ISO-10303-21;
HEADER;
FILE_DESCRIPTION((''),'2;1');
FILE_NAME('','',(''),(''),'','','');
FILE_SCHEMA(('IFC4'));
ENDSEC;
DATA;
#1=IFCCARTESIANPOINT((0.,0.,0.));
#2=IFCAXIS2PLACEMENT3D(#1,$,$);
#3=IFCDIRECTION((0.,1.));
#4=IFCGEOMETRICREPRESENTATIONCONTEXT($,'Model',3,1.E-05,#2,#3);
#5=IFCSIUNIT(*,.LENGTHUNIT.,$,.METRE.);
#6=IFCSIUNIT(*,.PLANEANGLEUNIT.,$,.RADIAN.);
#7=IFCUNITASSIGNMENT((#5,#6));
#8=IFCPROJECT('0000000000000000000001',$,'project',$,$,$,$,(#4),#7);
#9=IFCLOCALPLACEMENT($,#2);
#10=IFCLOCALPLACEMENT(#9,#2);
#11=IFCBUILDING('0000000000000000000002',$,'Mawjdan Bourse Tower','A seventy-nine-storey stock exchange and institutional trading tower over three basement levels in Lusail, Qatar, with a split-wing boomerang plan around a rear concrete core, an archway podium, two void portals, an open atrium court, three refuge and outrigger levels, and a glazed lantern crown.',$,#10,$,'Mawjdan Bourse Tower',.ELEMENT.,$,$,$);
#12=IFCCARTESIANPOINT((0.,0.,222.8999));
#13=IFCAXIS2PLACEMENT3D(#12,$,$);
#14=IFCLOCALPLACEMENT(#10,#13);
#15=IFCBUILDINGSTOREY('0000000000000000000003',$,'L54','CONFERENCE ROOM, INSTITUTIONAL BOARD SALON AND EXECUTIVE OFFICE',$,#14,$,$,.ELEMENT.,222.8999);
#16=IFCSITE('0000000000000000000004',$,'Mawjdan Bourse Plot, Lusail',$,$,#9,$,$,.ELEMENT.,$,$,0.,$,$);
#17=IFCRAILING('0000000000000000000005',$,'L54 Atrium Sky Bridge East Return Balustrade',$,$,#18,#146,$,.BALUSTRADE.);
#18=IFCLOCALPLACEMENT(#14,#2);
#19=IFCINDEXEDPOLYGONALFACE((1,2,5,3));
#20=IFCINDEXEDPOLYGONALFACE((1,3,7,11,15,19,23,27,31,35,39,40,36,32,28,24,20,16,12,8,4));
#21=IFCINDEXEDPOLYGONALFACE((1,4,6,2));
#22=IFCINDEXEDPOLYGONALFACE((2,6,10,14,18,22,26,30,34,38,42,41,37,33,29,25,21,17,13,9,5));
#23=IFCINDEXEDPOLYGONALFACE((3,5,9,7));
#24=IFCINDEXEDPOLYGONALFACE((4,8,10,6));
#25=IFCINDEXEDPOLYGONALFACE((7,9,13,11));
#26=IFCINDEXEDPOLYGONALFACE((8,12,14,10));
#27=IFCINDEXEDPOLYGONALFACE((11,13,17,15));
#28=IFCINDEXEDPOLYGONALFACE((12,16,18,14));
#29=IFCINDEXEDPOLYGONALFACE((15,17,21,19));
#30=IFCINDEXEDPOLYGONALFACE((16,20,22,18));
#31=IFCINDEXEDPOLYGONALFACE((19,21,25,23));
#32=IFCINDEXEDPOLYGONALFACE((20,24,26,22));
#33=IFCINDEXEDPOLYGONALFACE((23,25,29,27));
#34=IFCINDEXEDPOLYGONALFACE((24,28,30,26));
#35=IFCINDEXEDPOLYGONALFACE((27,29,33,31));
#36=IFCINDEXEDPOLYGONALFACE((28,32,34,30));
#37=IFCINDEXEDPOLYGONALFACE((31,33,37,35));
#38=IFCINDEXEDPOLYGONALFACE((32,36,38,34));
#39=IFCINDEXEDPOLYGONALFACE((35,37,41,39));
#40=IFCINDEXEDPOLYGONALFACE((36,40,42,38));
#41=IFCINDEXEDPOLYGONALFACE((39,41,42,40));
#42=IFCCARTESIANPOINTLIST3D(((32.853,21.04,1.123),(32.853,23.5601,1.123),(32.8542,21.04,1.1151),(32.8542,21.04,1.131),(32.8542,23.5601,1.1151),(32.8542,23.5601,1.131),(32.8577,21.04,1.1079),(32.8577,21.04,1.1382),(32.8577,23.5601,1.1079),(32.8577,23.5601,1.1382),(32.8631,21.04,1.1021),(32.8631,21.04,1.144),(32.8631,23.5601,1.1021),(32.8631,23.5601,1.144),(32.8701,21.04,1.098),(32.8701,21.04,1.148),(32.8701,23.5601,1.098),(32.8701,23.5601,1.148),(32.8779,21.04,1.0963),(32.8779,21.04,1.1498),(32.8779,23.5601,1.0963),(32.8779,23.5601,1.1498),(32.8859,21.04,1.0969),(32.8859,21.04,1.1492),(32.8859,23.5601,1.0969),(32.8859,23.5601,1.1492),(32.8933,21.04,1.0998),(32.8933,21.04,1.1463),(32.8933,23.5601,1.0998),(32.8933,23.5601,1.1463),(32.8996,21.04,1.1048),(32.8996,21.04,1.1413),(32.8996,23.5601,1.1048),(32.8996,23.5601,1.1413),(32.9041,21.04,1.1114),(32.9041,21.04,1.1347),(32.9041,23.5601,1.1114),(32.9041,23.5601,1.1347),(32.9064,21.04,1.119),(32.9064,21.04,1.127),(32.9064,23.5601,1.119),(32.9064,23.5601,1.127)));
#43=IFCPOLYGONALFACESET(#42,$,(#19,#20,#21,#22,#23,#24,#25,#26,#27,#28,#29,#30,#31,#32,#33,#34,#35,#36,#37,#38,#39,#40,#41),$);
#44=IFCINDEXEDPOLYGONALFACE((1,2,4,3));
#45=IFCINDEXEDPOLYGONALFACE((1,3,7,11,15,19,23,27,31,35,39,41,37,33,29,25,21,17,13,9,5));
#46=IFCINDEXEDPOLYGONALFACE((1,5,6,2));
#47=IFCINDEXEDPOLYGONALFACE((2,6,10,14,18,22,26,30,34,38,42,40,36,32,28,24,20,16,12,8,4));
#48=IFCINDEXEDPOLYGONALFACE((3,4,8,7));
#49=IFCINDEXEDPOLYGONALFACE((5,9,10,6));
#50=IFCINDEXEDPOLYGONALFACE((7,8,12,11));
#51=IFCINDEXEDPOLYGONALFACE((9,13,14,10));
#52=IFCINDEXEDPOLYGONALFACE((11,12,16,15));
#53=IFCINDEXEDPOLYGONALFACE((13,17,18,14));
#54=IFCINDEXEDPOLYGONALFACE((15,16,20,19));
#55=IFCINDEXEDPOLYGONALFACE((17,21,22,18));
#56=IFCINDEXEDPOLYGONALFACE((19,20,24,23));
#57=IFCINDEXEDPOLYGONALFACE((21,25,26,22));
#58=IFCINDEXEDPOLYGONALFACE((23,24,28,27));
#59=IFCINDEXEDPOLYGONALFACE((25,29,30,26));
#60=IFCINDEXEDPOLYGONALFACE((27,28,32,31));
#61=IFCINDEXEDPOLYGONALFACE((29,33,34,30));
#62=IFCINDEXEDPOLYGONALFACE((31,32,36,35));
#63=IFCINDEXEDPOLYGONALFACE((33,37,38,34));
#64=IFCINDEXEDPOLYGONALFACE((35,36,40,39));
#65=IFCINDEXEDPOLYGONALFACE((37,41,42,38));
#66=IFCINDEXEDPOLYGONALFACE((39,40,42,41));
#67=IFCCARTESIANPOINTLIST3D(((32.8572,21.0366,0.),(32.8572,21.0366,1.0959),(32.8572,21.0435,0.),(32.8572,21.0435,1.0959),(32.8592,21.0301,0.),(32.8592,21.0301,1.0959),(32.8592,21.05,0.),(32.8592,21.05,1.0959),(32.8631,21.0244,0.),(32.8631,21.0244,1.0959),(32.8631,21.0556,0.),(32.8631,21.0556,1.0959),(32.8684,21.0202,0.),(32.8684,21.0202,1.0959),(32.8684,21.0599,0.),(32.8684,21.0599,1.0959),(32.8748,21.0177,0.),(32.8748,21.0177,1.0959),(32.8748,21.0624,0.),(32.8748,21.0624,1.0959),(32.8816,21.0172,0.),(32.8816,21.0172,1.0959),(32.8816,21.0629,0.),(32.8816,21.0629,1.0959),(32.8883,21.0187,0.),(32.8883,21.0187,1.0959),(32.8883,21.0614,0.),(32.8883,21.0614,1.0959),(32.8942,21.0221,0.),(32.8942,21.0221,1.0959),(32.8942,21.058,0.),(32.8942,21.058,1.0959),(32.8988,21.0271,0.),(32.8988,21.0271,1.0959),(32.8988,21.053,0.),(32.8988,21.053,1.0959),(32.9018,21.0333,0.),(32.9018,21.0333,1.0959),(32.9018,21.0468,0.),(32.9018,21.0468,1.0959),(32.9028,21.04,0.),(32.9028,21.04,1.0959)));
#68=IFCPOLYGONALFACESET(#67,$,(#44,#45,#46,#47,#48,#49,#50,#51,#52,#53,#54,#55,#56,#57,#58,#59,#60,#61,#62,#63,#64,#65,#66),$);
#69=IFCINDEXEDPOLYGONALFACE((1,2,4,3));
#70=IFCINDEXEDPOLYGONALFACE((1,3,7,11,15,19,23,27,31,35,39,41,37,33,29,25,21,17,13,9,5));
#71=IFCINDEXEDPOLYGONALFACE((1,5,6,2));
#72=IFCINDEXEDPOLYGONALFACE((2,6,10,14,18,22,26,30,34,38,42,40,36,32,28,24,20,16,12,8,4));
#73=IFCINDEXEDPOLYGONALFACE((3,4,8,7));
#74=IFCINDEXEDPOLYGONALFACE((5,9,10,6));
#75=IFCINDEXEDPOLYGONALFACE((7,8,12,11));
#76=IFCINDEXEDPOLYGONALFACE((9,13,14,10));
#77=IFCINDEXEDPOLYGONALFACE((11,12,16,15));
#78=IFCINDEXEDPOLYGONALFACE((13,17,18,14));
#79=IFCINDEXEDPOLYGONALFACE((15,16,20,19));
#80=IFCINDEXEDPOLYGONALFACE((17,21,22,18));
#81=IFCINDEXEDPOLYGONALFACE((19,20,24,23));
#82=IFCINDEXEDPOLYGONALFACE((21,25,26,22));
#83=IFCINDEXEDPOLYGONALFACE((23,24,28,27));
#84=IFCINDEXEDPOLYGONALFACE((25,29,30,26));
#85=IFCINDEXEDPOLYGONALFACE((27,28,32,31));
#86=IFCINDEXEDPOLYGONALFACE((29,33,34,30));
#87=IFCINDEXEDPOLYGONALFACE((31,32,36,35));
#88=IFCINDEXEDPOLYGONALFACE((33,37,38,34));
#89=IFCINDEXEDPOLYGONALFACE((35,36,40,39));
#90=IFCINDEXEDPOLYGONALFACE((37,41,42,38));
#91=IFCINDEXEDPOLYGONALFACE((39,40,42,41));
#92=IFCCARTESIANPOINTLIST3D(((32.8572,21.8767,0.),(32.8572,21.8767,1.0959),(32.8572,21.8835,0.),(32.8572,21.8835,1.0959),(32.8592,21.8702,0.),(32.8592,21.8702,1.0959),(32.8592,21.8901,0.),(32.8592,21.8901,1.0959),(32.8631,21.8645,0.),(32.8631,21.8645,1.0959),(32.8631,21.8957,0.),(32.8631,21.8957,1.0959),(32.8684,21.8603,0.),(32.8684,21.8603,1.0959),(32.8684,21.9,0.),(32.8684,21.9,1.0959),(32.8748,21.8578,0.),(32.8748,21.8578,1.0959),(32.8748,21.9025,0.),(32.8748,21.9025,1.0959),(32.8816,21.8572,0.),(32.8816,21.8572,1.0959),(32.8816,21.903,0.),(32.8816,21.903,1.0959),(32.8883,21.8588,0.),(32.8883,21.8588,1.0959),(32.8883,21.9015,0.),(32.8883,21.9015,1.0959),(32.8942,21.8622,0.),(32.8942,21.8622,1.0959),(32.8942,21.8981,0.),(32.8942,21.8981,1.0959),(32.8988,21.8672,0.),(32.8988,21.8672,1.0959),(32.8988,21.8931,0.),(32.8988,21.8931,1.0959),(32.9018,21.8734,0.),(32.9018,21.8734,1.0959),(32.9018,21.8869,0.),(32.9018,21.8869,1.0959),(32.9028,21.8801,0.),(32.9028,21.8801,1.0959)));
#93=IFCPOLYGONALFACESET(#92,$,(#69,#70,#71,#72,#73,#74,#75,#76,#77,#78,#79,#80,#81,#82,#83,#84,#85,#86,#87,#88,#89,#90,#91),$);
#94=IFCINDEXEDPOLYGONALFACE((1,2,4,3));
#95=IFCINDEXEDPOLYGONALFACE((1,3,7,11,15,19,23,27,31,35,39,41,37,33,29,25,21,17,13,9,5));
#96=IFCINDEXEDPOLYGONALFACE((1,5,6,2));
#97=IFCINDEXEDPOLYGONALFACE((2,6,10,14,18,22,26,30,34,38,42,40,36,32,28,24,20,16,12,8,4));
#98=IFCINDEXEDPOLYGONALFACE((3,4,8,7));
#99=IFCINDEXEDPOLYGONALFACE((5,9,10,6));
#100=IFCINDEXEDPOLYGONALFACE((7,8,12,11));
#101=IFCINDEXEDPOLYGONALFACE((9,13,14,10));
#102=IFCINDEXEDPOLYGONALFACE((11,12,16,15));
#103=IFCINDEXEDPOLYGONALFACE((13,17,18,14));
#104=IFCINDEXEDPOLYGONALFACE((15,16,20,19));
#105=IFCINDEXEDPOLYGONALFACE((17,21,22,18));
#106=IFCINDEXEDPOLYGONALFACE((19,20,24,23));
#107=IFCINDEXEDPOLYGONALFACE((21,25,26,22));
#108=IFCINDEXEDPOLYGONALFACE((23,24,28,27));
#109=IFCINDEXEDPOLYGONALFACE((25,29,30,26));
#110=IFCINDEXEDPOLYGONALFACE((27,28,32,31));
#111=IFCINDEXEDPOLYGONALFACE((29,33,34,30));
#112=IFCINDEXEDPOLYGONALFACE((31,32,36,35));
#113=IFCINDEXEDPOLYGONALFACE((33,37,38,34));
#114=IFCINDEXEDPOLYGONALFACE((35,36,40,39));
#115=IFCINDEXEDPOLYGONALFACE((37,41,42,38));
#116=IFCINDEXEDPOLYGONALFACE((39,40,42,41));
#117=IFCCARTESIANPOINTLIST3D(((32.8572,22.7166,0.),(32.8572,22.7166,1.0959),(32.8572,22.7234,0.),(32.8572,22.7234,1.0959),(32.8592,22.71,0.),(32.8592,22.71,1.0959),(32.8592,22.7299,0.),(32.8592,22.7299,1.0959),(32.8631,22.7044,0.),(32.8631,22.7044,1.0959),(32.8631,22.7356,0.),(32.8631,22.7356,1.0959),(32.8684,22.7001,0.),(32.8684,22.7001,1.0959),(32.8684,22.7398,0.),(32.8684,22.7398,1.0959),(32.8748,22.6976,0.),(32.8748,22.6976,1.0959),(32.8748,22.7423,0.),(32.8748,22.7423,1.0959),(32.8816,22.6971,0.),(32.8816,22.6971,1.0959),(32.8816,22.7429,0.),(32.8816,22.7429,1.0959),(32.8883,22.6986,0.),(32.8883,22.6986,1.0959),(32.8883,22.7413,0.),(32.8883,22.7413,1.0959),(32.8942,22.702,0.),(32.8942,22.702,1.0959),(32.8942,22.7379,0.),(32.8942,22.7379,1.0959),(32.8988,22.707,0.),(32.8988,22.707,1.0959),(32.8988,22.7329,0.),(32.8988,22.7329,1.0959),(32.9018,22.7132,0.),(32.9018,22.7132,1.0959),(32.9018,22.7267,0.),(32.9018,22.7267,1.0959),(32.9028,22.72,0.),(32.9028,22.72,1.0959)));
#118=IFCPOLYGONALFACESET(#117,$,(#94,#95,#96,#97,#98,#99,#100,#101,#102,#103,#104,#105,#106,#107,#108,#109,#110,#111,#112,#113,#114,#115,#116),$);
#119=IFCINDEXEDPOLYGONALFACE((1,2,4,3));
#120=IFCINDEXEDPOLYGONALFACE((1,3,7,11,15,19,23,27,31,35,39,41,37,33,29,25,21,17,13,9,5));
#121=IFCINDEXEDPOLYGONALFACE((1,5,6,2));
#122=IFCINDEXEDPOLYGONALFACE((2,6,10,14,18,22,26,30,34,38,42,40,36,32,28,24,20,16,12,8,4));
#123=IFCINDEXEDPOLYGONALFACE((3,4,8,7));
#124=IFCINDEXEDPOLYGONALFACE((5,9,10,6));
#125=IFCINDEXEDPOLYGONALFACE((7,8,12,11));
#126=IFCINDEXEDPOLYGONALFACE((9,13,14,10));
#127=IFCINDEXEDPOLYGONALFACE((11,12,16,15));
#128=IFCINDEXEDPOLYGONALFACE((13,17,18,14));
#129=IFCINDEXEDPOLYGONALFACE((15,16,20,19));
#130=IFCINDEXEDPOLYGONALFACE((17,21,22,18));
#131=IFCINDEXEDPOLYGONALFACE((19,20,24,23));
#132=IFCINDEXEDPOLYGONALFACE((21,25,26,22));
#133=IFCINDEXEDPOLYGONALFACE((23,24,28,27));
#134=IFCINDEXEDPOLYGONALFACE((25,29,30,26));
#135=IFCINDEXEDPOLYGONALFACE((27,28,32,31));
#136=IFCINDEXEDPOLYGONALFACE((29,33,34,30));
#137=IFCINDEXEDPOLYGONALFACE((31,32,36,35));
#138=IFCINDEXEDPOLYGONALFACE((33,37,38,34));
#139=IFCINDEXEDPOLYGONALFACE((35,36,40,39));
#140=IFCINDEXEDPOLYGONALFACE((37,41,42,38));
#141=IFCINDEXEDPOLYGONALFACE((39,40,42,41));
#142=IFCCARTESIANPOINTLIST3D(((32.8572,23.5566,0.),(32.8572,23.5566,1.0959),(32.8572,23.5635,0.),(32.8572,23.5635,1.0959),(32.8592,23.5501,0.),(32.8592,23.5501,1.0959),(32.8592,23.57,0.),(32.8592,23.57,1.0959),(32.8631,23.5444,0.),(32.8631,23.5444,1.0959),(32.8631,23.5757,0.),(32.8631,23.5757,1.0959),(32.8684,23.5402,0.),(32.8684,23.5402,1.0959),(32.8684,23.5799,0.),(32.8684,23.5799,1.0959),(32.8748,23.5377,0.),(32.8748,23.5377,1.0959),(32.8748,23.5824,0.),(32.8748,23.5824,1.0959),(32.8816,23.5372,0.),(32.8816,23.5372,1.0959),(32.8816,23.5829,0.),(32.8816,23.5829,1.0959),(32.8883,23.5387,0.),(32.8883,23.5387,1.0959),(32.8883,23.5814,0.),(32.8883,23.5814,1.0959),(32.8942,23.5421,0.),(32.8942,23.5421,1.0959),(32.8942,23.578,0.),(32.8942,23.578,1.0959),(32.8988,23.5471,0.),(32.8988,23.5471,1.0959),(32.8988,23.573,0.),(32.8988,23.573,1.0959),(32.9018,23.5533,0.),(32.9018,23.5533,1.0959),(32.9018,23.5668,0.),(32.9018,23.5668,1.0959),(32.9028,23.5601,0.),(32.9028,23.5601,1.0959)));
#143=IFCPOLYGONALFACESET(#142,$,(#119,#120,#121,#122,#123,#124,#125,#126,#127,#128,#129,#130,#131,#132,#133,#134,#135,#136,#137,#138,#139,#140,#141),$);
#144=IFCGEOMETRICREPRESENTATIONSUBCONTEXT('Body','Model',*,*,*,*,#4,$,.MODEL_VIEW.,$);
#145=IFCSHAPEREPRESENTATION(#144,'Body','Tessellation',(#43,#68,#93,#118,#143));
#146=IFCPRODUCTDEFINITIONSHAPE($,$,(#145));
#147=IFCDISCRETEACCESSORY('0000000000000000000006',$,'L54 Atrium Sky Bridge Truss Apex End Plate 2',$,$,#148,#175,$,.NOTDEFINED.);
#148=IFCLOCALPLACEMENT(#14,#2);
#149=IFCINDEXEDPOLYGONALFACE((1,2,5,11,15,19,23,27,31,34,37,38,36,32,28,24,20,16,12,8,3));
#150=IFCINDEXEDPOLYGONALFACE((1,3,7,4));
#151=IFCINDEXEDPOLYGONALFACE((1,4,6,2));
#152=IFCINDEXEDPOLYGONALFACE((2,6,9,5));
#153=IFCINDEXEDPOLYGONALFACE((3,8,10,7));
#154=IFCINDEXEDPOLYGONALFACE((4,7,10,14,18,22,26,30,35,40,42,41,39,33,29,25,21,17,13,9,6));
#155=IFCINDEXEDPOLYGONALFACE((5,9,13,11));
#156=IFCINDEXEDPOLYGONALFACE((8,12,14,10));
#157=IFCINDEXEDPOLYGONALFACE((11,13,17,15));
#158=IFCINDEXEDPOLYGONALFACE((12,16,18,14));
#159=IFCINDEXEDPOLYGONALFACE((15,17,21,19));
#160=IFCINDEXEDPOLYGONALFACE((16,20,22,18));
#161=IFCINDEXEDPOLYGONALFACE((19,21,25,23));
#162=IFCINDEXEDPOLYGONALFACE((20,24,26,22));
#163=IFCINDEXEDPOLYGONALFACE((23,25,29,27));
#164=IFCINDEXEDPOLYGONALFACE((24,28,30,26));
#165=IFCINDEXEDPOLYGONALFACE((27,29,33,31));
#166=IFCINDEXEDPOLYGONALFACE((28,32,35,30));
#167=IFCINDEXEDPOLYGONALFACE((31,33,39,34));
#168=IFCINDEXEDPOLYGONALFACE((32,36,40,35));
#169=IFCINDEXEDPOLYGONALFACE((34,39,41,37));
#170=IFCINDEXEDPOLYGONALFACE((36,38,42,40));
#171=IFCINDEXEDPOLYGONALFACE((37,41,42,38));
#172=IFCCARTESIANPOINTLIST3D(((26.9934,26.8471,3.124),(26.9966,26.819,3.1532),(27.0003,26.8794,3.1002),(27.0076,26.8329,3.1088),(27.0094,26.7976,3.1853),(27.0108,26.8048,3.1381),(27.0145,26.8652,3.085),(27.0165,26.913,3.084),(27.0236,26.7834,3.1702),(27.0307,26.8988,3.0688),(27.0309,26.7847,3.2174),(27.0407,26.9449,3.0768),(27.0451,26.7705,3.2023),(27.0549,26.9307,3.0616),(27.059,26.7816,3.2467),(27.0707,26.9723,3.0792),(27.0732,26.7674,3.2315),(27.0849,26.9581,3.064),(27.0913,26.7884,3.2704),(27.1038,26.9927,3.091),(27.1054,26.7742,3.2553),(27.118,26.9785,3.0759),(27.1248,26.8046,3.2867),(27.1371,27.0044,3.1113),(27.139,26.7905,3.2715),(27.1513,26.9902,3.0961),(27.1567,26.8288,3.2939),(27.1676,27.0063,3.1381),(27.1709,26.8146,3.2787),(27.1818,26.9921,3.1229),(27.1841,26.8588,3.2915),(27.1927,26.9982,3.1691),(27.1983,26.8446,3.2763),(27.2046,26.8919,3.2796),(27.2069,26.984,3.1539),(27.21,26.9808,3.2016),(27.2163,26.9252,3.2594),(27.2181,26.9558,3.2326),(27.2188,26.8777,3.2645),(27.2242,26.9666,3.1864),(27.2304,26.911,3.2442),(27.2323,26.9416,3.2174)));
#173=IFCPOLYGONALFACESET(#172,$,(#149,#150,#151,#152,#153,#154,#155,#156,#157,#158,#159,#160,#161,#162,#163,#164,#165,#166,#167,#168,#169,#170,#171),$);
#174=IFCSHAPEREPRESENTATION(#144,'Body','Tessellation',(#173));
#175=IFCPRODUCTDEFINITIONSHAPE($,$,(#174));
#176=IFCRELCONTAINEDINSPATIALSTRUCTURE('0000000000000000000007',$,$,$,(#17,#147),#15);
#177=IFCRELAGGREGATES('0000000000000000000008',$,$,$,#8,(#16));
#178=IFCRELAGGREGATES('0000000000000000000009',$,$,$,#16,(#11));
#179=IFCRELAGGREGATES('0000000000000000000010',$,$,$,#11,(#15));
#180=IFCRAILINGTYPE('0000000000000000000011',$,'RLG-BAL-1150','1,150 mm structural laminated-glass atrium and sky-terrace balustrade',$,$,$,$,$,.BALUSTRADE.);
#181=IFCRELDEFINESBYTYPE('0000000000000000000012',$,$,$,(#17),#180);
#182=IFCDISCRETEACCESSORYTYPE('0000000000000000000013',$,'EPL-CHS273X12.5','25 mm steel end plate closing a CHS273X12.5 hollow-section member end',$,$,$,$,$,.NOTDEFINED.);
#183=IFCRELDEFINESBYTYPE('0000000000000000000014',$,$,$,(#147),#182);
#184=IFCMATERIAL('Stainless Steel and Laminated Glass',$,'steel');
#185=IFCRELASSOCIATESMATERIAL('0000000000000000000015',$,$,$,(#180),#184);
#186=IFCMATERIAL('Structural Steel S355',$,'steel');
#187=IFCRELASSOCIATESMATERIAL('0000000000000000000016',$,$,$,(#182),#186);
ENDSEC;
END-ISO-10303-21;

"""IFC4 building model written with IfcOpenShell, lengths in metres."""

from ifc_helpers import new_model, si_unit, direction, frame, origin, origin_2d, place, context, subcontext, project, spatial, circle, extrude, material, material_profile, profile_set, type_object, element, save


model = new_model("IFC4")

# Units and contexts
model_context = context("Model", 3, precision=1e-05, world=origin(), true_north=direction((0.0, 1.0)))
body_context = subcontext(model_context, "Body", "Model", "MODEL_VIEW")
ifc_project = project(units=[si_unit("LENGTHUNIT", "METRE"), si_unit("PLANEANGLEUNIT", "RADIAN")], contexts=[model_context])

# Site, building, storey
site_placement = place(None, origin())
site = spatial("IfcSite", under=ifc_project, at=site_placement, Name="Mawjdan Bourse Plot, Lusail", CompositionType="ELEMENT", RefElevation=0.0)
building_placement = place(site_placement, origin())
building = spatial("IfcBuilding", under=site, at=building_placement, Name="Mawjdan Bourse Tower", Description="A seventy-nine-storey stock exchange and institutional trading tower over three basement levels in Lusail, Qatar, with a split-wing boomerang plan around a rear concrete core, an archway podium, two void portals, an open atrium court, three refuge and outrigger levels, and a glazed lantern crown.", LongName="Mawjdan Bourse Tower", CompositionType="ELEMENT")
storey_placement = place(building_placement, frame((0.0, 0.0, 222.8999)))
storey = spatial("IfcBuildingStorey", under=building, at=storey_placement, Name="L54", Description="CONFERENCE ROOM, INSTITUTIONAL BOARD SALON AND EXECUTIVE OFFICE", CompositionType="ELEMENT", Elevation=222.8999)

# Shared definitions
ifc_material_1 = material(Name="Structural Steel S355", Category="steel")

# Railing
ifc_material_2 = material(Name="Stainless Steel and Laminated Glass", Category="steel")
railing_type = type_object("IfcRailingType", Name="RLG-BAL-1150", Description="1,150 mm structural laminated-glass atrium and sky-terrace balustrade", PredefinedType="BALUSTRADE", material=ifc_material_2)
railing_1_placement = place(storey_placement, frame((32.8799, 21.04, 0.0)))
element("IfcRailing", 1, at=railing_1_placement, inside=storey, type_object=railing_type, Name="L54 Atrium Sky Bridge East Return Balustrade", PredefinedType="BALUSTRADE", context=body_context, shape_type="SweptSolid", body=[
    extrude(circle(Radius=0.0269, at=origin_2d()), frame((0.0, 0.0, 1.123), z_axis=(0.0, 1.0, 0.0), x_axis=(-1.0, 0.0, 0.0)), (0.0, 0.0, 1.0), 2.52),
    extrude(circle(Radius=0.0229, at=origin_2d()), origin(), (0.0, 0.0, 1.0), 1.0959),
    extrude(circle(Radius=0.0229, at=origin_2d()), frame((0.0, 0.8401, 0.0)), (0.0, 0.0, 1.0), 1.0959),
    extrude(circle(Radius=0.0229, at=origin_2d()), frame((0.0, 1.6799, 0.0)), (0.0, 0.0, 1.0), 1.0959),
    extrude(circle(Radius=0.0229, at=origin_2d()), frame((0.0, 2.52, 0.0)), (0.0, 0.0, 1.0), 1.0959),
])

# Discrete accessory
ifc_material_profile_1 = material_profile(ifc_material_1, circle(Radius=0.1365, at=origin_2d()), Name="EPL-CHS273X12.5")
ifc_profile_set_1 = profile_set([ifc_material_profile_1], Name="Structural Steel S355")
discrete_accessory_type = type_object("IfcDiscreteAccessoryType", Name="EPL-CHS273X12.5", Description="25 mm steel end plate closing a CHS273X12.5 hollow-section member end", PredefinedType="NOTDEFINED", material=ifc_profile_set_1)
discrete_accessory_placement = place(storey_placement, frame((27.1201, 26.8799, 3.1702), z_axis=(-0.564091, 0.564091, 0.602994), x_axis=(-0.707107, -0.707107, 0.0)))
element("IfcDiscreteAccessory", 2, at=discrete_accessory_placement, inside=storey, type_object=discrete_accessory_type, Name="L54 Atrium Sky Bridge Truss Apex End Plate 2", PredefinedType="NOTDEFINED", context=body_context, shape_type="SweptSolid", body=[
    extrude(circle(Radius=0.1365, at=origin_2d()), origin(), (0.0, 0.0, 1.0), 0.0251),
])

save(model, "model.ifc")
